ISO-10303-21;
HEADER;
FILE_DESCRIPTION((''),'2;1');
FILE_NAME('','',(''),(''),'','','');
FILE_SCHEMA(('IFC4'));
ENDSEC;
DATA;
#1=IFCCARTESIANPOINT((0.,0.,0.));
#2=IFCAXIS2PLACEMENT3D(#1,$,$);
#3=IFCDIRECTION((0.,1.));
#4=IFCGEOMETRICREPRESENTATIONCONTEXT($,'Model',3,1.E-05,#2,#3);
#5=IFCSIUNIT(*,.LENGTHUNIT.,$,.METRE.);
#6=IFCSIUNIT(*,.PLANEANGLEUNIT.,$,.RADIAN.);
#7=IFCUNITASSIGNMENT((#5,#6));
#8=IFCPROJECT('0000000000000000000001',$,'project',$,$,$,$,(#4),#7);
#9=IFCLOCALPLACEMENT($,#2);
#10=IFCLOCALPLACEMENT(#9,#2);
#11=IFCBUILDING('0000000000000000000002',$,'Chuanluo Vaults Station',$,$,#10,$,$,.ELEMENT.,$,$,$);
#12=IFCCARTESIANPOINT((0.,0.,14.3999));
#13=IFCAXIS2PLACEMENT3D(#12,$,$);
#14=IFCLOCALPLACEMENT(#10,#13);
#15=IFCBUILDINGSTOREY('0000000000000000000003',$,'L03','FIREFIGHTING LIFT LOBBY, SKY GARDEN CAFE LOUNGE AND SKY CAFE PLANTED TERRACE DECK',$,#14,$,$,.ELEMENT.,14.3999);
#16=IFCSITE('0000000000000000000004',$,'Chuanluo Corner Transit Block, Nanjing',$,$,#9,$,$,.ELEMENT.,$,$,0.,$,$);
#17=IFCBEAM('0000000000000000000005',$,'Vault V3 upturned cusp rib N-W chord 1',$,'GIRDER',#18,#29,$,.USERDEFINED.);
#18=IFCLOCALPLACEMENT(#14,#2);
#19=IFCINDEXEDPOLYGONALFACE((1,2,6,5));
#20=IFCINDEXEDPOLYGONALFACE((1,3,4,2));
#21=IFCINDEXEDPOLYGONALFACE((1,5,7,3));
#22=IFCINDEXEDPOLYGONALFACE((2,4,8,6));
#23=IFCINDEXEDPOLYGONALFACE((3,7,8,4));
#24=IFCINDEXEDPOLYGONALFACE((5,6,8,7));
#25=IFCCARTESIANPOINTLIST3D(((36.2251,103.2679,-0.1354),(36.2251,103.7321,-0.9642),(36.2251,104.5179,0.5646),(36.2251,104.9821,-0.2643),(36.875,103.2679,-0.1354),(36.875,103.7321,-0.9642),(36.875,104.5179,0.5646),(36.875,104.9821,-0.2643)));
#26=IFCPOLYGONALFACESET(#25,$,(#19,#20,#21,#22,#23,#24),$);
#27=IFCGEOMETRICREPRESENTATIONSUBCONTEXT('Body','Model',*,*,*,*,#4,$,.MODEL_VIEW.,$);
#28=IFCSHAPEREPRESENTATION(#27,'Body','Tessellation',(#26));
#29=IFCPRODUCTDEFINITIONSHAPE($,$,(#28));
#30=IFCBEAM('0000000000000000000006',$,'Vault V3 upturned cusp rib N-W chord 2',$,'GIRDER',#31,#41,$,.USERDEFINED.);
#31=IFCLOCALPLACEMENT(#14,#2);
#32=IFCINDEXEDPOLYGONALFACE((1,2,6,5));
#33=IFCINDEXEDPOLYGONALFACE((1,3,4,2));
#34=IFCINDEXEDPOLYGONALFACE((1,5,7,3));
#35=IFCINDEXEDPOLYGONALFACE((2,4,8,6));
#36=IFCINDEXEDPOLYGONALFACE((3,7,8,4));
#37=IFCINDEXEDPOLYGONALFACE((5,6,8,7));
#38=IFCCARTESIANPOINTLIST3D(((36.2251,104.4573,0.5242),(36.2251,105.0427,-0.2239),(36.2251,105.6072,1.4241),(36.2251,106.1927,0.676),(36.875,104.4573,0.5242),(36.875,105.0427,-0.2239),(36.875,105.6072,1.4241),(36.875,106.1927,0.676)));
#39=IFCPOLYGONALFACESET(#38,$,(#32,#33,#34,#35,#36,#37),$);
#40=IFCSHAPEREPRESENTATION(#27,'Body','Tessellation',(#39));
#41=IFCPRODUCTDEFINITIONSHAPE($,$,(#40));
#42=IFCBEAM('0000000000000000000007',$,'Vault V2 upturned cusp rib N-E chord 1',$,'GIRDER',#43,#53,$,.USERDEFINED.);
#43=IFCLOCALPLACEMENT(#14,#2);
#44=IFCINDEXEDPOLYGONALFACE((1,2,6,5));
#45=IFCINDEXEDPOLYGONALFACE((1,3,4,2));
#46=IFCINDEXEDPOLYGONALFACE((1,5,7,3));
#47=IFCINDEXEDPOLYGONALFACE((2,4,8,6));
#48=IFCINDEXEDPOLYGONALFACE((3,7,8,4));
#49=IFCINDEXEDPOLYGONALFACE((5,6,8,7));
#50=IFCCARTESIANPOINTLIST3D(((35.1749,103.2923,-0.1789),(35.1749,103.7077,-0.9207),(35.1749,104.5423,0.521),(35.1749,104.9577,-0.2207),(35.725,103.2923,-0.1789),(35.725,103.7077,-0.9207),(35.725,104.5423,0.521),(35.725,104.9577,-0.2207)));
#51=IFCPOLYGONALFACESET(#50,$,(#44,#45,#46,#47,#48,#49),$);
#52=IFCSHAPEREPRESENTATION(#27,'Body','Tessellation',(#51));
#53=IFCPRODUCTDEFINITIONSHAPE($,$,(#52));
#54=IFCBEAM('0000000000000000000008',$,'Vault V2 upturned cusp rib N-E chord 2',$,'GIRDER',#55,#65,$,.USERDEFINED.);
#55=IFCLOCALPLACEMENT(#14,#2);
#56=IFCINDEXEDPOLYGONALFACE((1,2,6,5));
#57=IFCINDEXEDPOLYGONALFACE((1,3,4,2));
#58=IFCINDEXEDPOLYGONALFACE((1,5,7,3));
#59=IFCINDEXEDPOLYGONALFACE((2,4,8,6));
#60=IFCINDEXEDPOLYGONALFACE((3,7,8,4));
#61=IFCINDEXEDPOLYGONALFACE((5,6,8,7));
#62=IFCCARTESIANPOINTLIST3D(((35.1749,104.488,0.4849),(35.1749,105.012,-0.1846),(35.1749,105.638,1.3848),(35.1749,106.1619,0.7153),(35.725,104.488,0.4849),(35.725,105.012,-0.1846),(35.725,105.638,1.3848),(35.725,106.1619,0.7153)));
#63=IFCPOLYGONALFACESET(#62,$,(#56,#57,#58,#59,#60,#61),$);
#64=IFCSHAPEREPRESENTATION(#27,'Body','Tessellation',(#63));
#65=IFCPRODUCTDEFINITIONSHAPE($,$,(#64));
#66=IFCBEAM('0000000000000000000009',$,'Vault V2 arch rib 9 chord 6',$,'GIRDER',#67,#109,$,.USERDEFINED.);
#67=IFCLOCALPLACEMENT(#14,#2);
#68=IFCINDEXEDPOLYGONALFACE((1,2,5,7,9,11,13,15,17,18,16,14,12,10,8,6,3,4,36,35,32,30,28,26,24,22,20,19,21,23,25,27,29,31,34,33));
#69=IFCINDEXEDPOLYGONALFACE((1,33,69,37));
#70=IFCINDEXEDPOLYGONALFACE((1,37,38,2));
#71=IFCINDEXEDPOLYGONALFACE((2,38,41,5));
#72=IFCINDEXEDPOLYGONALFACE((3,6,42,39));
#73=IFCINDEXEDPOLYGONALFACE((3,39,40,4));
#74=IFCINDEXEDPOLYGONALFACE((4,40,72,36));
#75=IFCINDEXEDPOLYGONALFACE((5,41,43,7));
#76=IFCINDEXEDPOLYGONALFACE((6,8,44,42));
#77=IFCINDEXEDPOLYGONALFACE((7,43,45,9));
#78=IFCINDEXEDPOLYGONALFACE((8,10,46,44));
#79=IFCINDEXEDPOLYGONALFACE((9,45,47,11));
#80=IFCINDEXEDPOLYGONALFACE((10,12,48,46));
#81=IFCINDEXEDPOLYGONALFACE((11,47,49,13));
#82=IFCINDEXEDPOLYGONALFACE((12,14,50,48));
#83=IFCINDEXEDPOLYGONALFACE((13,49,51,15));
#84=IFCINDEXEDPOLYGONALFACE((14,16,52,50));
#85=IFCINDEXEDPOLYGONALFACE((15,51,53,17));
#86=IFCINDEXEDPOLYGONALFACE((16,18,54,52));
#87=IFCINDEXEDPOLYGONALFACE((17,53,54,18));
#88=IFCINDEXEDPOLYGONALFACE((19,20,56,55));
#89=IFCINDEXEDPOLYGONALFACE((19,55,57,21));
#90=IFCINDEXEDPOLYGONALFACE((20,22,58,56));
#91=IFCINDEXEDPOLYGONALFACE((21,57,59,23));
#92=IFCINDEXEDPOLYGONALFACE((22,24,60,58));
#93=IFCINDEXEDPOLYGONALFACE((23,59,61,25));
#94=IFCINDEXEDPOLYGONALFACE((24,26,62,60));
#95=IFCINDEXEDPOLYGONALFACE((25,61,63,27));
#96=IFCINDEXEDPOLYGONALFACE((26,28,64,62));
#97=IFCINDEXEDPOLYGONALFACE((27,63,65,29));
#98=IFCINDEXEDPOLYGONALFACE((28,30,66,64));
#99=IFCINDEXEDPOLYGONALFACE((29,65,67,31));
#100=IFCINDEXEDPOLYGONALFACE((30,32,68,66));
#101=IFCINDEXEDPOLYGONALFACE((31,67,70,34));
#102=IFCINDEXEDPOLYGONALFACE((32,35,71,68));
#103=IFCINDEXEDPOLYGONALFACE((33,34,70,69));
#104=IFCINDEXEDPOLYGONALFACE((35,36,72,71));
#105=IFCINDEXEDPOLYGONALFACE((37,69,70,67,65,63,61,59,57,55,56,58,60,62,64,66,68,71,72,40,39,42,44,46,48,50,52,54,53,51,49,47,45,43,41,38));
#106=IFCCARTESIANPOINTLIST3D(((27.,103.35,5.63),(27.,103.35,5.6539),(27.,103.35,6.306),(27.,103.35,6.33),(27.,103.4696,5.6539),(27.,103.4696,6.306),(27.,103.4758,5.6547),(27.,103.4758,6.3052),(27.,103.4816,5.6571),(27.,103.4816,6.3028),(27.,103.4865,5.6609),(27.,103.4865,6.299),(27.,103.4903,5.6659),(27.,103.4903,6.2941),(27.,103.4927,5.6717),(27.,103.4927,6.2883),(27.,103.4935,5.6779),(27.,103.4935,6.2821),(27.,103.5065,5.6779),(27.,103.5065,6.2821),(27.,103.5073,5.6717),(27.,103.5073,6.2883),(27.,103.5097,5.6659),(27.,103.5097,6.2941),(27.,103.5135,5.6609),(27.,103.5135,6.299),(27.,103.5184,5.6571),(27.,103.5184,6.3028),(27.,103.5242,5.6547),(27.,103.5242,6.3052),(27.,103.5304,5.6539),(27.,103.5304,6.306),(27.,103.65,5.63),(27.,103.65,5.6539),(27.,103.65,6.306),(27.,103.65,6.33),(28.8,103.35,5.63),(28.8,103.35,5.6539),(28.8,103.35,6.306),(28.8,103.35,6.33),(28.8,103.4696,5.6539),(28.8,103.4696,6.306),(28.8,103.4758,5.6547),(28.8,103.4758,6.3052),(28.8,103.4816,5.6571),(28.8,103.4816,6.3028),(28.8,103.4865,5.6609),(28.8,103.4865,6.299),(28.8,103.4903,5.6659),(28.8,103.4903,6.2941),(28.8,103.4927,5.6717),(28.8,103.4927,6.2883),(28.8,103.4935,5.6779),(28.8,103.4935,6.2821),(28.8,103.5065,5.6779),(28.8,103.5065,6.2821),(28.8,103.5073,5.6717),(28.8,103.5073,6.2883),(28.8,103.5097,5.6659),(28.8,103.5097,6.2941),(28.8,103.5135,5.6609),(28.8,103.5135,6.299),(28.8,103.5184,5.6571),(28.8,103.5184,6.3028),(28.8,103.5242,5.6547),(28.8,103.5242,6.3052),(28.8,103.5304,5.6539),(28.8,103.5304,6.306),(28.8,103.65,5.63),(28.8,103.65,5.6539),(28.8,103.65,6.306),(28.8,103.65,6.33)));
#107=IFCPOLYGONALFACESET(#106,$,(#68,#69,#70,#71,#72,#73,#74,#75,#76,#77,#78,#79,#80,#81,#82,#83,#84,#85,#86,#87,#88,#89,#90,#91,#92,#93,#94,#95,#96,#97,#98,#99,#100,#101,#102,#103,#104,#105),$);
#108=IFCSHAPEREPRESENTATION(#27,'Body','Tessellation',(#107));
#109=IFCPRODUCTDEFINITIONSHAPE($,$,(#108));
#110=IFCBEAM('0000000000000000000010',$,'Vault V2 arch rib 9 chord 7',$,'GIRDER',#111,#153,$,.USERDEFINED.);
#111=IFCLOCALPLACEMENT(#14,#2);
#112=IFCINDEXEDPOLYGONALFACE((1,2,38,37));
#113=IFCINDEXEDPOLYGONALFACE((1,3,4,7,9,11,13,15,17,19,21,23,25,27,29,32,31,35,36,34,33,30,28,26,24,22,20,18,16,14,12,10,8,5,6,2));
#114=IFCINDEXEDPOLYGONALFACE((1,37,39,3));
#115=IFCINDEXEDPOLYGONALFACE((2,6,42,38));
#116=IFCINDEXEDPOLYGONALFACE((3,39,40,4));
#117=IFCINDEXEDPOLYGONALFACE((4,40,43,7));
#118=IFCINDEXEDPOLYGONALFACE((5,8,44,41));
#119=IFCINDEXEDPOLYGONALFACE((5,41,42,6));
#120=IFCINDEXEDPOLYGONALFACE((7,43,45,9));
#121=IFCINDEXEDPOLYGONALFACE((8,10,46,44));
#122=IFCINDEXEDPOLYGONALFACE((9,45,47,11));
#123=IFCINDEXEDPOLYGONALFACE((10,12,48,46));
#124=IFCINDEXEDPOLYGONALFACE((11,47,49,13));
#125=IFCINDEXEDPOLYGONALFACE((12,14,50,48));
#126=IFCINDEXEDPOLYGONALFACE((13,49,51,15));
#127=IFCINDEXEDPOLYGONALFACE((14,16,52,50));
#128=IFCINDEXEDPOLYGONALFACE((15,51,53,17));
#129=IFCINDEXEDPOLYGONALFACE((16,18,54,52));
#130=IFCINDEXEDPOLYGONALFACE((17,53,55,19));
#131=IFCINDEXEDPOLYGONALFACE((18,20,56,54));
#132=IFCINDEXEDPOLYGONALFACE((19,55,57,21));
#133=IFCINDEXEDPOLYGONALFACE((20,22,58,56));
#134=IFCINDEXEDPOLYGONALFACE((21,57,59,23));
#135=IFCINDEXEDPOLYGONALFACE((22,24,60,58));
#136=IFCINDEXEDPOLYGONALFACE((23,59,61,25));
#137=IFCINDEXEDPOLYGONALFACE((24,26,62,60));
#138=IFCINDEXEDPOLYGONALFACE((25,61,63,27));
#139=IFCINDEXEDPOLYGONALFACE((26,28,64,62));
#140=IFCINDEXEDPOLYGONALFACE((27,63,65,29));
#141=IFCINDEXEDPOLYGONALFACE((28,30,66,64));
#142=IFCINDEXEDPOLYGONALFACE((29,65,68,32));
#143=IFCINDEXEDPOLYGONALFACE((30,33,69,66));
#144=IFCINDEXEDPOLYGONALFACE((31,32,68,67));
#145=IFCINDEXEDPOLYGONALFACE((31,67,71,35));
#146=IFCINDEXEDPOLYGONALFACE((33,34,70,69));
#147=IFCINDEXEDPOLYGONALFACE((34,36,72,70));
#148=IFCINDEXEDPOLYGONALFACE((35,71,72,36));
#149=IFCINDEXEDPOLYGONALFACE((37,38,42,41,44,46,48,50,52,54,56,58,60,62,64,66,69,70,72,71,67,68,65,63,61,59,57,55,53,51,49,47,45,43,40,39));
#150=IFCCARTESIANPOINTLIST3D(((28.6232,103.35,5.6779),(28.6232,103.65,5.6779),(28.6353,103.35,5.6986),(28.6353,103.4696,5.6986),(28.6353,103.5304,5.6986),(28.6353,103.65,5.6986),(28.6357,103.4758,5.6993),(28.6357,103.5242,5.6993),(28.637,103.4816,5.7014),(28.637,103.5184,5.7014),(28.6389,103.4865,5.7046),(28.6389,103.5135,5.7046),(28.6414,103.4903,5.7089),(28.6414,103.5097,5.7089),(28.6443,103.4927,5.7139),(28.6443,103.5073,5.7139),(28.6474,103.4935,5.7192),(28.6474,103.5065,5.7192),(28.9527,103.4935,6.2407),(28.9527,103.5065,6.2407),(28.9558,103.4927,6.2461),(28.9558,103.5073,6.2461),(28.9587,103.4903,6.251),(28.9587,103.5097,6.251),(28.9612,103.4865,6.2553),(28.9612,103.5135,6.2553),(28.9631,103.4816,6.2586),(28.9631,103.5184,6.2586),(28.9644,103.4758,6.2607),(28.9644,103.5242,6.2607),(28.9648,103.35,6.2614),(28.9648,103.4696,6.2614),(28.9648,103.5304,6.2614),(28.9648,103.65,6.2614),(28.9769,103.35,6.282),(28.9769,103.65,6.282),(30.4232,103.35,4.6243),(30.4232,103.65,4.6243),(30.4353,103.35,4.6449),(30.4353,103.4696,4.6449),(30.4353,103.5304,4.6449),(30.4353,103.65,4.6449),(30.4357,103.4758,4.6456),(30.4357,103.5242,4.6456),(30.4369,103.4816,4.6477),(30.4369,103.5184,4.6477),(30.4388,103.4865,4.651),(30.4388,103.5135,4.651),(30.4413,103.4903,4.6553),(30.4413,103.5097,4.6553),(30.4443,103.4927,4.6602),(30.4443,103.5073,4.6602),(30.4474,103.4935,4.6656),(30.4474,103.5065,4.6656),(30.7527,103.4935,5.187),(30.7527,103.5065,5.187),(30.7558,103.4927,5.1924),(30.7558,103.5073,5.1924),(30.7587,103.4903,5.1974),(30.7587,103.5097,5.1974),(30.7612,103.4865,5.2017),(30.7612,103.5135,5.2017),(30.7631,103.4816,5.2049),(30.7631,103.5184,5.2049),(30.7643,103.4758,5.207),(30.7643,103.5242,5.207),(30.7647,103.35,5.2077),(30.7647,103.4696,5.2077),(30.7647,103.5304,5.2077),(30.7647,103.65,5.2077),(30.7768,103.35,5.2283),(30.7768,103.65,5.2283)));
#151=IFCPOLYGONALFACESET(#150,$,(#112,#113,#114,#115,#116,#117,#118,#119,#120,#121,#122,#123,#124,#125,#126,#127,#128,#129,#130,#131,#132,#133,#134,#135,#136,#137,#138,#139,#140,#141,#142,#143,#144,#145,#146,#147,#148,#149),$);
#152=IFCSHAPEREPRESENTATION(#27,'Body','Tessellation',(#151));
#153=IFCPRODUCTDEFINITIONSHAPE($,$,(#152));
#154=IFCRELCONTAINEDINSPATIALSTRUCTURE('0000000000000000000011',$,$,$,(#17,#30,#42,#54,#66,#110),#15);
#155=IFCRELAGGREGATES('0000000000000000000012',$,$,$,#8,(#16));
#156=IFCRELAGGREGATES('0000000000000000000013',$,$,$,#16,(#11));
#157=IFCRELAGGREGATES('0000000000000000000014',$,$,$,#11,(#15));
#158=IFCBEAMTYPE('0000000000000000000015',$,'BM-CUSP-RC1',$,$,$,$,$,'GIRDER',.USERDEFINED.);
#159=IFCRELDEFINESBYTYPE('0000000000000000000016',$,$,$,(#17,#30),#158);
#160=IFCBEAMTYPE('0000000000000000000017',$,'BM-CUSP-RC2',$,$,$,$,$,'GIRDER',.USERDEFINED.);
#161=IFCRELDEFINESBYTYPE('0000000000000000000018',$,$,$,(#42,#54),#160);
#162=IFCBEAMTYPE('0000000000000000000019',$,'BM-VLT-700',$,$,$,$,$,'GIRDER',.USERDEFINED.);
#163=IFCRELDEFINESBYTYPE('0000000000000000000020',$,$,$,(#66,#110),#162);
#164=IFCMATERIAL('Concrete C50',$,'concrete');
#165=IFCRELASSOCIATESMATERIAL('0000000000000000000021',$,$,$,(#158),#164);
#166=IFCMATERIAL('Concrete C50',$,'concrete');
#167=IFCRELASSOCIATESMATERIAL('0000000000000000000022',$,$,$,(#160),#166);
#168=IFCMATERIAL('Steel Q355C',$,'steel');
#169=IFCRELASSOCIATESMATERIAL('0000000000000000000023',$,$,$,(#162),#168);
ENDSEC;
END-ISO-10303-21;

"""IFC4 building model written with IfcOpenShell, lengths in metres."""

from ifc_helpers import new_model, si_unit, direction, frame, origin, origin_2d, place, context, subcontext, project, spatial, rectangle, i_section, extrude, material, material_profile, profile_set, type_object, element, save


model = new_model("IFC4")

# Units and contexts
model_context = context("Model", 3, precision=1e-05, world=origin(), true_north=direction((0.0, 1.0)))
body_context = subcontext(model_context, "Body", "Model", "MODEL_VIEW")
ifc_project = project(units=[si_unit("LENGTHUNIT", "METRE"), si_unit("PLANEANGLEUNIT", "RADIAN")], contexts=[model_context])

# Site, building, storey
site_placement = place(None, origin())
site = spatial("IfcSite", under=ifc_project, at=site_placement, Name="Chuanluo Corner Transit Block, Nanjing", CompositionType="ELEMENT", RefElevation=0.0)
building_placement = place(site_placement, origin())
building = spatial("IfcBuilding", under=site, at=building_placement, Name="Chuanluo Vaults Station", CompositionType="ELEMENT")
storey_placement = place(building_placement, frame((0.0, 0.0, 14.3999)))
storey = spatial("IfcBuildingStorey", under=building, at=storey_placement, Name="L03", Description="FIREFIGHTING LIFT LOBBY, SKY GARDEN CAFE LOUNGE AND SKY CAFE PLANTED TERRACE DECK", CompositionType="ELEMENT", Elevation=14.3999)

# Beams
ifc_material_1 = material(Name="Concrete C50", Category="concrete")
ifc_material_profile_1 = material_profile(ifc_material_1, rectangle(XDim=0.6499, YDim=0.95, at=origin_2d()))
ifc_profile_set_1 = profile_set([ifc_material_profile_1], Name="Concrete C50")
beam_type_1 = type_object("IfcBeamType", Name="BM-CUSP-RC1", ElementType="GIRDER", PredefinedType="USERDEFINED", material=ifc_profile_set_1)
beam_1_placement = place(storey_placement, frame((36.55, 103.5, -0.5498), z_axis=(0.0, 0.872521, 0.488577), x_axis=(-1.0, 0.0, 0.0)))
element("IfcBeam", 1, at=beam_1_placement, inside=storey, type_object=beam_type_1, Name="Vault V3 upturned cusp rib N-W chord 1", ObjectType="GIRDER", PredefinedType="USERDEFINED", context=body_context, shape_type="SweptSolid", body=[
    extrude(rectangle(XDim=0.6499, YDim=0.95, at=origin_2d()), origin(), (0.0, 0.0, 1.0), 1.4326),
])
beam_2_placement = place(storey_placement, frame((36.55, 104.75, 0.1501), z_axis=(0.0, 0.787512, 0.616299), x_axis=(-1.0, 0.0, 0.0)))
element("IfcBeam", 2, at=beam_2_placement, inside=storey, type_object=beam_type_1, Name="Vault V3 upturned cusp rib N-W chord 2", ObjectType="GIRDER", PredefinedType="USERDEFINED", context=body_context, shape_type="SweptSolid", body=[
    extrude(rectangle(XDim=0.6499, YDim=0.95, at=origin_2d()), origin(), (0.0, 0.0, 1.0), 1.4602),
])
ifc_material_2 = material(Name="Concrete C50", Category="concrete")
ifc_material_profile_2 = material_profile(ifc_material_2, rectangle(XDim=0.55, YDim=0.8501, at=origin_2d()))
ifc_profile_set_2 = profile_set([ifc_material_profile_2], Name="Concrete C50")
beam_type_2 = type_object("IfcBeamType", Name="BM-CUSP-RC2", ElementType="GIRDER", PredefinedType="USERDEFINED", material=ifc_profile_set_2)
beam_3_placement = place(storey_placement, frame((35.45, 103.5, -0.5498), z_axis=(0.0, 0.872521, 0.488577), x_axis=(-1.0, 0.0, 0.0)))
element("IfcBeam", 3, at=beam_3_placement, inside=storey, type_object=beam_type_2, Name="Vault V2 upturned cusp rib N-E chord 1", ObjectType="GIRDER", PredefinedType="USERDEFINED", context=body_context, shape_type="SweptSolid", body=[
    extrude(rectangle(XDim=0.55, YDim=0.8501, at=origin_2d()), origin(), (0.0, 0.0, 1.0), 1.4326),
])
beam_4_placement = place(storey_placement, frame((35.45, 104.75, 0.1501), z_axis=(0.0, 0.787512, 0.616299), x_axis=(-1.0, 0.0, 0.0)))
element("IfcBeam", 4, at=beam_4_placement, inside=storey, type_object=beam_type_2, Name="Vault V2 upturned cusp rib N-E chord 2", ObjectType="GIRDER", PredefinedType="USERDEFINED", context=body_context, shape_type="SweptSolid", body=[
    extrude(rectangle(XDim=0.55, YDim=0.8501, at=origin_2d()), origin(), (0.0, 0.0, 1.0), 1.4602),
])
ifc_material_3 = material(Name="Steel Q355C", Category="steel")
ifc_material_profile_3 = material_profile(ifc_material_3, i_section(OverallWidth=0.3, OverallDepth=0.7, WebThickness=0.0129, FlangeThickness=0.0239, FilletRadius=0.0239, at=origin_2d()))
ifc_profile_set_3 = profile_set([ifc_material_profile_3], Name="Steel Q355C")
beam_type_3 = type_object("IfcBeamType", Name="BM-VLT-700", ElementType="GIRDER", PredefinedType="USERDEFINED", material=ifc_profile_set_3)
beam_5_placement = place(storey_placement, frame((27.0, 103.5, 5.98), z_axis=(1.0, 0.0, 0.0), x_axis=(0.0, 1.0, 0.0)))
element("IfcBeam", 5, at=beam_5_placement, inside=storey, type_object=beam_type_3, Name="Vault V2 arch rib 9 chord 6", ObjectType="GIRDER", PredefinedType="USERDEFINED", context=body_context, shape_type="SweptSolid", body=[
    extrude(i_section(OverallWidth=0.3, OverallDepth=0.7, WebThickness=0.0129, FlangeThickness=0.0239, FilletRadius=0.0239, at=origin_2d()), origin(), (0.0, 0.0, 1.0), 1.8),
])
beam_6_placement = place(storey_placement, frame((28.8, 103.5, 5.98), z_axis=(0.863009, 0.0, -0.505188), x_axis=(0.0, 1.0, 0.0)))
element("IfcBeam", 6, at=beam_6_placement, inside=storey, type_object=beam_type_3, Name="Vault V2 arch rib 9 chord 7", ObjectType="GIRDER", PredefinedType="USERDEFINED", context=body_context, shape_type="SweptSolid", body=[
    extrude(i_section(OverallWidth=0.3, OverallDepth=0.7, WebThickness=0.0129, FlangeThickness=0.0239, FilletRadius=0.0239, at=origin_2d()), origin(), (0.0, 0.0, 1.0), 2.0857),
])

save(model, "model.ifc")
